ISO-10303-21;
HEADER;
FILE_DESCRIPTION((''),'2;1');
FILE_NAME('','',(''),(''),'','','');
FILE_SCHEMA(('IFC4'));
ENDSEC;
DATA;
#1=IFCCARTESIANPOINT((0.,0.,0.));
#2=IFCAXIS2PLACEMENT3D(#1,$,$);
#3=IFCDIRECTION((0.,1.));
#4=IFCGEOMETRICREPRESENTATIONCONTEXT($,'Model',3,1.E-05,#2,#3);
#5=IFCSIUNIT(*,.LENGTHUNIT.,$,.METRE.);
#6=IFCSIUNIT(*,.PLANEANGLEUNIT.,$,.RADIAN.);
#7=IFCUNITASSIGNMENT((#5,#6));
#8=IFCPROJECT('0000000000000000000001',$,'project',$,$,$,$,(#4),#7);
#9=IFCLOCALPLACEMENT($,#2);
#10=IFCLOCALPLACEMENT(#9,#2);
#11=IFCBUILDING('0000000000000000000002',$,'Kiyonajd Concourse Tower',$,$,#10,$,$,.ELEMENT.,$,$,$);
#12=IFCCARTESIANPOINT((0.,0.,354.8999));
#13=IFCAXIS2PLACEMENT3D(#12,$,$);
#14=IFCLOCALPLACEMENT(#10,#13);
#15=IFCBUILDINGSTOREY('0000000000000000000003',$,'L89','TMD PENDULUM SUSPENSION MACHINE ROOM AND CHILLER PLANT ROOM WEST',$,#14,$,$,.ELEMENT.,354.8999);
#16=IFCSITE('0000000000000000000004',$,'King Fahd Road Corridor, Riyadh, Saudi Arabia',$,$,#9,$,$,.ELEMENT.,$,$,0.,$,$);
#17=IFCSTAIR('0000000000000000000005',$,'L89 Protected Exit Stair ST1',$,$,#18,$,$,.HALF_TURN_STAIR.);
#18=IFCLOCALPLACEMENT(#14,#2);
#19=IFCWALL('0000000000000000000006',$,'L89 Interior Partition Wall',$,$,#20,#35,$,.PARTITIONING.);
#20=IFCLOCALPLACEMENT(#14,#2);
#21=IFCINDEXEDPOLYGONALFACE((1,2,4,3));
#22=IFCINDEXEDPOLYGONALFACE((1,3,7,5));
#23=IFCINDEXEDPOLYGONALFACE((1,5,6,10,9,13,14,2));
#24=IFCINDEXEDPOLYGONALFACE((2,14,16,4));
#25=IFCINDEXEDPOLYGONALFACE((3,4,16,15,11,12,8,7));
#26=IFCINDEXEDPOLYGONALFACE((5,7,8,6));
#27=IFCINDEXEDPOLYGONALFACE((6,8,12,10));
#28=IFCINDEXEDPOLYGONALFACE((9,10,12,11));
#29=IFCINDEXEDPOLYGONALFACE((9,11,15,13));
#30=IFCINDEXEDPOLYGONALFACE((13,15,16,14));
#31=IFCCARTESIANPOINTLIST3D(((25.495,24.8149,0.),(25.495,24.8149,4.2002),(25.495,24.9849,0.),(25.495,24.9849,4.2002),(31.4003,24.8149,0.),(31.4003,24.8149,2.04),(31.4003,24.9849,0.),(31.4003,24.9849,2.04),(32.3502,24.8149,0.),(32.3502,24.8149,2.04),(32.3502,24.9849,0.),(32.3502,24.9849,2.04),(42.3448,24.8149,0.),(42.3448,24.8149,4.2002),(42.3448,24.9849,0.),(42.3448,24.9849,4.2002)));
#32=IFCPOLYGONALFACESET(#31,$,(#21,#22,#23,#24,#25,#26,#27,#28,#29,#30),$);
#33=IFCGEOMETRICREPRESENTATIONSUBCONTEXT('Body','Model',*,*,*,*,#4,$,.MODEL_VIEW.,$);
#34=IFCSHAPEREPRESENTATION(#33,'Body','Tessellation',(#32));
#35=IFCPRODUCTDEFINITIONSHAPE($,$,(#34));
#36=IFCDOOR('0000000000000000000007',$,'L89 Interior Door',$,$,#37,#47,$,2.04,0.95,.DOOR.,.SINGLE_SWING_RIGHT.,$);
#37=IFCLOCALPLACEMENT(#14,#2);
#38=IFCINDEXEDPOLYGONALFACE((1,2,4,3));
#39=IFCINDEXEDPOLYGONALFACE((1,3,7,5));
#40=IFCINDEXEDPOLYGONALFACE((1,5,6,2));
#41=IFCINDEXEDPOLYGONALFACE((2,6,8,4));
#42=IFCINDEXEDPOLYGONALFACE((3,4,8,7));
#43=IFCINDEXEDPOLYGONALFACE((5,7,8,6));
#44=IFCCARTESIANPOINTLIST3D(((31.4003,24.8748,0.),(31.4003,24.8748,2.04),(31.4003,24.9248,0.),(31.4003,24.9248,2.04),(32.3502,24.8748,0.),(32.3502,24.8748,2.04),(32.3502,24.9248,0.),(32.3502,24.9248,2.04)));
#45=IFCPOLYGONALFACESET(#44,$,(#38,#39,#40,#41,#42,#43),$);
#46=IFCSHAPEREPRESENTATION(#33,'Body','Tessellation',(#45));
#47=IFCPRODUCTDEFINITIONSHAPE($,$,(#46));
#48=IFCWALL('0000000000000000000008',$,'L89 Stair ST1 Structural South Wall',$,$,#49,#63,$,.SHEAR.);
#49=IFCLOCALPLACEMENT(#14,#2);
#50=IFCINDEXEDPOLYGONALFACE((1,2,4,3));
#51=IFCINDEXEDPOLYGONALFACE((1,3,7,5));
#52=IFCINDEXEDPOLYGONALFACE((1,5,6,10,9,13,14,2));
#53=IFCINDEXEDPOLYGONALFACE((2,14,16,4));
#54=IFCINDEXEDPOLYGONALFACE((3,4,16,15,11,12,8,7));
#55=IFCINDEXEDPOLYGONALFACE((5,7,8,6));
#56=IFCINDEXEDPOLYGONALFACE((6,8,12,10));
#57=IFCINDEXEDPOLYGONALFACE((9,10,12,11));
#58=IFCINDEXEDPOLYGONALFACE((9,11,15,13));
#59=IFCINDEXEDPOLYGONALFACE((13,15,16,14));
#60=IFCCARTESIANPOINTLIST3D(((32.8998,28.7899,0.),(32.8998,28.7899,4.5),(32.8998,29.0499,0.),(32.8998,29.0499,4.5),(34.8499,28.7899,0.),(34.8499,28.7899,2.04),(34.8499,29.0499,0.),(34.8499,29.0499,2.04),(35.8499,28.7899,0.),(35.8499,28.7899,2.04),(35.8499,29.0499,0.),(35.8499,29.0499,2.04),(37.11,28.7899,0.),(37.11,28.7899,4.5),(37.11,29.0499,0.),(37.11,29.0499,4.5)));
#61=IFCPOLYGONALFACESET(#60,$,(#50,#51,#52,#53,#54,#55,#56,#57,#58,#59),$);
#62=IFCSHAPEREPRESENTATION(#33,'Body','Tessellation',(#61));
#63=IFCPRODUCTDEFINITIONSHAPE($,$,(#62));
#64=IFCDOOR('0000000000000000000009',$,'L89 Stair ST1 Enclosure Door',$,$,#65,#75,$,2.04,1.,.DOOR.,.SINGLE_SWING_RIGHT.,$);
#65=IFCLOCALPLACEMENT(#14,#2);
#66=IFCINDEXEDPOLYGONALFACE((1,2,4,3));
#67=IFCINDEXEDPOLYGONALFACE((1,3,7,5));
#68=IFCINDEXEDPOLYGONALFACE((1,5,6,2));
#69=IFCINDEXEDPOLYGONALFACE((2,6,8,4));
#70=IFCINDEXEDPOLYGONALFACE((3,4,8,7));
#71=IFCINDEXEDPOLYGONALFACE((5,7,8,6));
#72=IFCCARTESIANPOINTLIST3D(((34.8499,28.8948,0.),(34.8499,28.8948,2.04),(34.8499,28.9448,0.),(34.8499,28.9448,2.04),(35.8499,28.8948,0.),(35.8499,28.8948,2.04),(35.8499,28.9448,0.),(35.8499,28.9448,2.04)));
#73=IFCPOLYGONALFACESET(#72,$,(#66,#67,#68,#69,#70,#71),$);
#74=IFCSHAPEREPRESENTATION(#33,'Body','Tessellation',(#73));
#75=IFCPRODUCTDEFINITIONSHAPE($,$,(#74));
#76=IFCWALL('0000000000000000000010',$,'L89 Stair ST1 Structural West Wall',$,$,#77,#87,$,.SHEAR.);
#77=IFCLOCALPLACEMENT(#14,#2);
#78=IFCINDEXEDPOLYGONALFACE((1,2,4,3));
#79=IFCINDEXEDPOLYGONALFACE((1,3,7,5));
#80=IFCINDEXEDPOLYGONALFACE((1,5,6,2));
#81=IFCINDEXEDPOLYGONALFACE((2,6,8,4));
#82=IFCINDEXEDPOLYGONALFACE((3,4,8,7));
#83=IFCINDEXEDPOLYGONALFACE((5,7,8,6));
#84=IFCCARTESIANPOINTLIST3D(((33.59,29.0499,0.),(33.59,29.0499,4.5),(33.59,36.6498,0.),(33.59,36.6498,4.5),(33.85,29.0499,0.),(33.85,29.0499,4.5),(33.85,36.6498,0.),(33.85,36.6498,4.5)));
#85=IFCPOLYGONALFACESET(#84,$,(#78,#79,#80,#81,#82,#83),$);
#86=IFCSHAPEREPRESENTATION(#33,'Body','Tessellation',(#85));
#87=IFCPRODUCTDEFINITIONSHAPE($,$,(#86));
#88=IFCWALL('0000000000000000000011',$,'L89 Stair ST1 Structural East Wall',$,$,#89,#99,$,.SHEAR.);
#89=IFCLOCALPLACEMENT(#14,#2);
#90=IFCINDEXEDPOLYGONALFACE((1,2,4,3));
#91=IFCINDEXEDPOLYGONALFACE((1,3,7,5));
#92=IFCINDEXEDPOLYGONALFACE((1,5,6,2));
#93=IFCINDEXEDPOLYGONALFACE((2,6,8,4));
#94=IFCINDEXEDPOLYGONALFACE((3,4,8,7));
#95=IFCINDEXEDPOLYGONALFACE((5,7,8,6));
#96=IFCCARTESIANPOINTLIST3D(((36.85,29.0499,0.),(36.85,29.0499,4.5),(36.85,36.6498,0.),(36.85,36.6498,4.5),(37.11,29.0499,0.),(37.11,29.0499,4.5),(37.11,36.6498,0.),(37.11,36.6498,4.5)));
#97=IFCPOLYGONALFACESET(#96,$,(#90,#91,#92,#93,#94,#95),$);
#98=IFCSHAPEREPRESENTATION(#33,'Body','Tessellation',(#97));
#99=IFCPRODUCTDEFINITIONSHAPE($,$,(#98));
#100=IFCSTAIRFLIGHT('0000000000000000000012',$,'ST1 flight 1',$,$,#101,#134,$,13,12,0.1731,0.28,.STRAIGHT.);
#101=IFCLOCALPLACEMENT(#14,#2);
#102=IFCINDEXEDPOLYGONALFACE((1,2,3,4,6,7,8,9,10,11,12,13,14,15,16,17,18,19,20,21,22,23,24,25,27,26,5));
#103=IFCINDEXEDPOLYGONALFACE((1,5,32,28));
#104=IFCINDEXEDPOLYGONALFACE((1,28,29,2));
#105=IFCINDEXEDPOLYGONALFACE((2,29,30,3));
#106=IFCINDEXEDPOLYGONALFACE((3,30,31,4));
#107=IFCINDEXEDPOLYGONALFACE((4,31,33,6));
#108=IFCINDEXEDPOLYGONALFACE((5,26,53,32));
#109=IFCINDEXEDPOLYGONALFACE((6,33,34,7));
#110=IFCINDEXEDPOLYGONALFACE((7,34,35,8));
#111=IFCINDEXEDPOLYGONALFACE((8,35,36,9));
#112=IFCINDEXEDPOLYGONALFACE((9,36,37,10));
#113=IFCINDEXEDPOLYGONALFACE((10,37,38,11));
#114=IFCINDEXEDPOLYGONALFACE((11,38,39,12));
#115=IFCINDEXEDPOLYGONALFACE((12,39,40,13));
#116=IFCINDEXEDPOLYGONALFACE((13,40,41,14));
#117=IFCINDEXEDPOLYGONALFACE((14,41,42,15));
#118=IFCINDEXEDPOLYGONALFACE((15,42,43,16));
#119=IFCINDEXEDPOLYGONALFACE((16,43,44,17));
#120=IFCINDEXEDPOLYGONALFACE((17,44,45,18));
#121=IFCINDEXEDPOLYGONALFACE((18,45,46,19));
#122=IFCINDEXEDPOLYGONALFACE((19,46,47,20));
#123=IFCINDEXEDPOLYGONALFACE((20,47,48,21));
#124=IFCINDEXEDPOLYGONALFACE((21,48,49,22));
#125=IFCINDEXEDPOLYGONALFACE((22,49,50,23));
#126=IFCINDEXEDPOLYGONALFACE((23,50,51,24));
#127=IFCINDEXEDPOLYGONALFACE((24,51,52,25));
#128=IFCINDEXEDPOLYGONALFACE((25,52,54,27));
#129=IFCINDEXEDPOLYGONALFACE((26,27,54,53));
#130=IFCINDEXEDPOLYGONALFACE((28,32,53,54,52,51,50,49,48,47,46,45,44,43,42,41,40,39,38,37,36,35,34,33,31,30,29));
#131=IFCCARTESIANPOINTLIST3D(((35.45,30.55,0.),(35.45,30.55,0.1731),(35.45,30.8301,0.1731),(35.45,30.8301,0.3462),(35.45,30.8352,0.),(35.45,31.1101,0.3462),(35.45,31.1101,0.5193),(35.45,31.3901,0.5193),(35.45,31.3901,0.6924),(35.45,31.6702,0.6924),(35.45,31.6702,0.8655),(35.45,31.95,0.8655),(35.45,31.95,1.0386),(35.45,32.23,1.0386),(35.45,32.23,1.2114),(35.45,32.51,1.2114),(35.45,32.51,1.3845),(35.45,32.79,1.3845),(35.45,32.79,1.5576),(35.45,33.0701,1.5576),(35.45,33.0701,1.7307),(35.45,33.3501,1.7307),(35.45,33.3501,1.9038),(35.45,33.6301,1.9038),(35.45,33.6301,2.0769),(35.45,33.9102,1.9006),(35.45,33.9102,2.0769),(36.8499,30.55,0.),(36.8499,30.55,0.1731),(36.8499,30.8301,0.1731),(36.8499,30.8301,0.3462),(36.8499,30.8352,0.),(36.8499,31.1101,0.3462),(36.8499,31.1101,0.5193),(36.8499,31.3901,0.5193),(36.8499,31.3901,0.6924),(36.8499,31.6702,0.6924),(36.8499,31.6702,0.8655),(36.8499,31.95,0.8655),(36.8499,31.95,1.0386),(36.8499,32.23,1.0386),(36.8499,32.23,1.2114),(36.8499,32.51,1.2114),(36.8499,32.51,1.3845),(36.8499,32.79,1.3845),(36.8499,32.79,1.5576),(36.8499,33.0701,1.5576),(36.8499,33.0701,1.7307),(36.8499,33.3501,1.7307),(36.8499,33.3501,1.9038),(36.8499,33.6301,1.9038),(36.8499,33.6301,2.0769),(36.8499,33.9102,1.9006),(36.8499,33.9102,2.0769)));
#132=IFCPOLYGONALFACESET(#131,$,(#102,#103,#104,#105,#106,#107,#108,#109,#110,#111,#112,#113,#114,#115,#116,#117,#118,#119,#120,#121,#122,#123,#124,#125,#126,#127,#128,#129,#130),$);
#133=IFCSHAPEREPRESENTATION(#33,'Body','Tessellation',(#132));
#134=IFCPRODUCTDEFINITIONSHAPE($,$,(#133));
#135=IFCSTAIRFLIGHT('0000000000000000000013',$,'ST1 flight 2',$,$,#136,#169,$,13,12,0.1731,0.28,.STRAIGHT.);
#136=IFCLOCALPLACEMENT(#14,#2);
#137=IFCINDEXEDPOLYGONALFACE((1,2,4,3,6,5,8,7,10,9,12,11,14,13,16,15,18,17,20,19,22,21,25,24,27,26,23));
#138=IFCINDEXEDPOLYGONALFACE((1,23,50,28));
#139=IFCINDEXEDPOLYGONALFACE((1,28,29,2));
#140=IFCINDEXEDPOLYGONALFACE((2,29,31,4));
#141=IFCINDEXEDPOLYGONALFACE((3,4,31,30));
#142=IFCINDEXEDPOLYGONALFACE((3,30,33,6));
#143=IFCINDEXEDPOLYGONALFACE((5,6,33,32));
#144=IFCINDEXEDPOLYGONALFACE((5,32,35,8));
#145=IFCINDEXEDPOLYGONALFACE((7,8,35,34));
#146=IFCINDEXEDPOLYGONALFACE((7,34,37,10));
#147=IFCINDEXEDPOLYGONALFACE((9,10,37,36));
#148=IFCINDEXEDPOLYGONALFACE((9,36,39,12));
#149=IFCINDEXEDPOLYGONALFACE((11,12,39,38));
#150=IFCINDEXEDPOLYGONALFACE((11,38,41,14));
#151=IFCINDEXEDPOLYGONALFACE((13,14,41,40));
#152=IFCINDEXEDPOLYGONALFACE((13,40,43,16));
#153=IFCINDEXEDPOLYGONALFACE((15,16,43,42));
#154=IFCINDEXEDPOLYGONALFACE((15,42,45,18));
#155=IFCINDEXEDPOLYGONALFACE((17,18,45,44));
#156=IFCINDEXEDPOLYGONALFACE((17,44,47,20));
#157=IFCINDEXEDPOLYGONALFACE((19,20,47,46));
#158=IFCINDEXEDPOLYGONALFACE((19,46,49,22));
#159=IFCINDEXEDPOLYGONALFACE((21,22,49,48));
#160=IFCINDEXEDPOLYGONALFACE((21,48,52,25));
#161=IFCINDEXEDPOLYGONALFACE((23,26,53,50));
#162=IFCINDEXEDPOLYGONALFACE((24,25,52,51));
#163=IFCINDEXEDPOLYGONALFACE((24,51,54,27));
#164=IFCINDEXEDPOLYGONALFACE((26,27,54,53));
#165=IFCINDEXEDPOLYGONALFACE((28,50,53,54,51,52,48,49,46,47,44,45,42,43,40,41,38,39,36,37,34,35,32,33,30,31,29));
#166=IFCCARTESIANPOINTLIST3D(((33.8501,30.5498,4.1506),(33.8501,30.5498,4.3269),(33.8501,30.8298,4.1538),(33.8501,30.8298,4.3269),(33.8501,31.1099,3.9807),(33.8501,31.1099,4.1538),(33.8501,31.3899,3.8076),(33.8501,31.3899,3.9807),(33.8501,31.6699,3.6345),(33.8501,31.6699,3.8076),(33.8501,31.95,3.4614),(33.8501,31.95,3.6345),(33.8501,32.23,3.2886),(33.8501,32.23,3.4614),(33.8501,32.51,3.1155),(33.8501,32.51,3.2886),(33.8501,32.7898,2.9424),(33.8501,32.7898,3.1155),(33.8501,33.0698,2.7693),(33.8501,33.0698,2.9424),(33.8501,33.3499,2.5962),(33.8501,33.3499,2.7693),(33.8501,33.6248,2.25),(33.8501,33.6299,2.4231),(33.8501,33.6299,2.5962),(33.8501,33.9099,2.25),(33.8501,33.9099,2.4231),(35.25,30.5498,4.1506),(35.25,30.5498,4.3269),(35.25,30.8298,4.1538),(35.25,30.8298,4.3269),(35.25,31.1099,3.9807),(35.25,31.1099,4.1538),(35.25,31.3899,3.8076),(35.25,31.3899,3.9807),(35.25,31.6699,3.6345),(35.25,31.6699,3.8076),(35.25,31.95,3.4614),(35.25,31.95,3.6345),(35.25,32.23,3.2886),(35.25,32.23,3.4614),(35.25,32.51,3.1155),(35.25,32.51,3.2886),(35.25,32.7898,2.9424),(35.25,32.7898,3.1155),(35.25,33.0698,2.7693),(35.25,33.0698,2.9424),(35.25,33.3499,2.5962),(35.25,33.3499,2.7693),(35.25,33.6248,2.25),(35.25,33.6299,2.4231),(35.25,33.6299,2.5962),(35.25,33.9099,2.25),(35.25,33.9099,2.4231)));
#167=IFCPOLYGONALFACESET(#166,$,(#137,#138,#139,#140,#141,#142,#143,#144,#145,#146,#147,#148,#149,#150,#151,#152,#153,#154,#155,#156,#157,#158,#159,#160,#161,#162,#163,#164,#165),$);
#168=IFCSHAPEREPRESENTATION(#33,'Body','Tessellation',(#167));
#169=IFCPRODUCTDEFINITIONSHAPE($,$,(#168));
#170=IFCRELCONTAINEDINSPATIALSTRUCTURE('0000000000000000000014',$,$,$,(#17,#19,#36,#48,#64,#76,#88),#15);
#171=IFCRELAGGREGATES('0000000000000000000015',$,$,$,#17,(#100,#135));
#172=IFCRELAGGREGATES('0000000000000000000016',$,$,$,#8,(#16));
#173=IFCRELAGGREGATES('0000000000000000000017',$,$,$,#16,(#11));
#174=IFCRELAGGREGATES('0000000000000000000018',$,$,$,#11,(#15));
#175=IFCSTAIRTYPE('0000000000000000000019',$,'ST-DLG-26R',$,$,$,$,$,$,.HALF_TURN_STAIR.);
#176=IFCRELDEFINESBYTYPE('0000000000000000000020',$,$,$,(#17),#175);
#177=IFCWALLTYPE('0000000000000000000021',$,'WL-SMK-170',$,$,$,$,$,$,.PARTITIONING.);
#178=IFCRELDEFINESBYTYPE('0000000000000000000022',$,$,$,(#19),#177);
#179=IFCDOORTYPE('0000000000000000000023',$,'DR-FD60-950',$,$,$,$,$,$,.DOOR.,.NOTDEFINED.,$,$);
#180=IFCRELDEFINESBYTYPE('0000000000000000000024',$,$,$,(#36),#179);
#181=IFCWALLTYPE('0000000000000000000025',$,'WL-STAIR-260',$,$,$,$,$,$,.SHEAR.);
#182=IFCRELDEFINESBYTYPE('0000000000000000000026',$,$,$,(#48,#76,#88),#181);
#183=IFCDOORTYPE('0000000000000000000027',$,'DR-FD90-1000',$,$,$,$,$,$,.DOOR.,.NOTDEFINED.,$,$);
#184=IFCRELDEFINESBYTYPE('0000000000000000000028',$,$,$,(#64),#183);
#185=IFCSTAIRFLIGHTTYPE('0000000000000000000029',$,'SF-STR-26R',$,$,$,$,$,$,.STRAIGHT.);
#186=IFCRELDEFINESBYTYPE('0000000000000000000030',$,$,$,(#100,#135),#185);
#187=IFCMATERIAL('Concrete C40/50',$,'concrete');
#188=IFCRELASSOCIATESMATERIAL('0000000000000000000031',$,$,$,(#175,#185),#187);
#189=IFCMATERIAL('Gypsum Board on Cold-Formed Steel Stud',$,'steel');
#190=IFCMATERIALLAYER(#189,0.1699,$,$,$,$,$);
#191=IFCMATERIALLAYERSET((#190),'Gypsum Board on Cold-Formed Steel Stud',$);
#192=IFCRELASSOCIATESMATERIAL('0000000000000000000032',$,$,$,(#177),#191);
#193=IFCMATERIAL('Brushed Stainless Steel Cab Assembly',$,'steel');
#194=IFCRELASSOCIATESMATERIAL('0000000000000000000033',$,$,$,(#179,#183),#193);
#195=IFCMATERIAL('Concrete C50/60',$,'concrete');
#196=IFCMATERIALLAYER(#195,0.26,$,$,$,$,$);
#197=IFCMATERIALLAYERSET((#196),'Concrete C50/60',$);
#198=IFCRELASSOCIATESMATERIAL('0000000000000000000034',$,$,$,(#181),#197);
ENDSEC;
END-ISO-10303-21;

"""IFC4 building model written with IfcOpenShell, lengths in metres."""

from ifc_helpers import new_model, si_unit, direction, frame, frame_2d, origin, place, context, subcontext, project, spatial, polyline, rectangle, outline, extrude, material, layer, layer_set, type_object, element, fill, aggregate, save


model = new_model("IFC4")

# Units and contexts
model_context = context("Model", 3, precision=1e-05, world=origin(), true_north=direction((0.0, 1.0)))
body_context = subcontext(model_context, "Body", "Model", "MODEL_VIEW")
ifc_project = project(units=[si_unit("LENGTHUNIT", "METRE"), si_unit("PLANEANGLEUNIT", "RADIAN")], contexts=[model_context])

# Site, building, storey
site_placement = place(None, origin())
site = spatial("IfcSite", under=ifc_project, at=site_placement, Name="King Fahd Road Corridor, Riyadh, Saudi Arabia", CompositionType="ELEMENT", RefElevation=0.0)
building_placement = place(site_placement, origin())
building = spatial("IfcBuilding", under=site, at=building_placement, Name="Kiyonajd Concourse Tower", CompositionType="ELEMENT")
storey_placement = place(building_placement, frame((0.0, 0.0, 354.8999)))
storey = spatial("IfcBuildingStorey", under=building, at=storey_placement, Name="L89", Description="TMD PENDULUM SUSPENSION MACHINE ROOM AND CHILLER PLANT ROOM WEST", CompositionType="ELEMENT", Elevation=354.8999)

# Shared definitions
ifc_material_1 = material(Name="Concrete C50/60", Category="concrete")

# Stair
ifc_material_2 = material(Name="Concrete C40/50", Category="concrete")
stair_type = type_object("IfcStairType", Name="ST-DLG-26R", PredefinedType="HALF_TURN_STAIR", material=ifc_material_2)
stair_1_placement = place(storey_placement, origin())
stair_1 = element("IfcStair", 1, at=stair_1_placement, inside=storey, type_object=stair_type, Name="L89 Protected Exit Stair ST1", PredefinedType="HALF_TURN_STAIR")

# Walls, openings, doors
ifc_material_3 = material(Name="Gypsum Board on Cold-Formed Steel Stud", Category="steel")
ifc_material_4 = material(Name="Brushed Stainless Steel Cab Assembly", Category="steel")
ifc_layer_1 = layer(ifc_material_3, 0.1699)
ifc_layer_set_1 = layer_set([ifc_layer_1], Name="Gypsum Board on Cold-Formed Steel Stud")
wall_type_1 = type_object("IfcWallType", Name="WL-SMK-170", PredefinedType="PARTITIONING", material=ifc_layer_set_1)
wall_1_placement = place(storey_placement, frame((25.4951, 24.8999, 0.0), z_axis=(0.0, 0.0, 1.0), x_axis=(1.0, 0.0, 0.0)))
wall_1 = element("IfcWall", 2, at=wall_1_placement, inside=storey, type_object=wall_type_1, Name="L89 Interior Partition Wall", PredefinedType="PARTITIONING", context=body_context, shape_type="SweptSolid", body=[
    extrude(rectangle(XDim=16.8499, YDim=0.1699, at=frame_2d((8.4248, 0.0))), origin(), (0.0, 0.0, 1.0), 4.2002),
])
opening_1_placement = place(wall_1_placement, frame((5.905, 0.0, 0.0)))
opening_1 = element("IfcOpeningElement", 3, at=opening_1_placement, cuts=wall_1, PredefinedType="OPENING", context=body_context, shape_type="SweptSolid", body=[
    extrude(rectangle(XDim=0.95, YDim=2.04, at=frame_2d((0.4751, 1.02))), frame((0.0, 0.095, 0.0), z_axis=(0.0, -1.0, 0.0), x_axis=(1.0, 0.0, 0.0)), (0.0, 0.0, 1.0), 0.1899),
])
door_type_1 = type_object("IfcDoorType", Name="DR-FD60-950", OperationType="NOTDEFINED", PredefinedType="DOOR", material=ifc_material_4)
door_1_placement = place(opening_1_placement, origin())
door_1 = element("IfcDoor", 4, at=door_1_placement, inside=storey, type_object=door_type_1, Name="L89 Interior Door", OperationType="SINGLE_SWING_RIGHT", OverallHeight=2.04, OverallWidth=0.95, PredefinedType="DOOR", context=body_context, shape_type="SweptSolid", body=[
    extrude(rectangle(XDim=0.95, YDim=2.04, at=frame_2d((0.4751, 1.02))), frame((0.0, 0.0249, 0.0), z_axis=(0.0, -1.0, 0.0), x_axis=(1.0, 0.0, 0.0)), (0.0, 0.0, 1.0), 0.05),
])
fill(opening_1, door_1)
ifc_layer_2 = layer(ifc_material_1, 0.26)
ifc_layer_set_2 = layer_set([ifc_layer_2], Name="Concrete C50/60")
wall_type_2 = type_object("IfcWallType", Name="WL-STAIR-260", PredefinedType="SHEAR", material=ifc_layer_set_2)
wall_2_placement = place(storey_placement, frame((32.8999, 28.9199, 0.0), z_axis=(0.0, 0.0, 1.0), x_axis=(1.0, 0.0, 0.0)))
wall_2 = element("IfcWall", 5, at=wall_2_placement, inside=storey, type_object=wall_type_2, Name="L89 Stair ST1 Structural South Wall", PredefinedType="SHEAR", context=body_context, shape_type="SweptSolid", body=[
    extrude(rectangle(XDim=4.2102, YDim=0.26, at=frame_2d((2.105, 0.0))), origin(), (0.0, 0.0, 1.0), 4.5),
])
opening_2_placement = place(wall_2_placement, frame((1.95, 0.0, 0.0)))
opening_2 = element("IfcOpeningElement", 6, at=opening_2_placement, cuts=wall_2, PredefinedType="OPENING", context=body_context, shape_type="SweptSolid", body=[
    extrude(rectangle(XDim=1.0, YDim=2.04, at=frame_2d((0.5, 1.02))), frame((0.0, 0.1399, 0.0), z_axis=(0.0, -1.0, 0.0), x_axis=(1.0, 0.0, 0.0)), (0.0, 0.0, 1.0), 0.28),
])
door_type_2 = type_object("IfcDoorType", Name="DR-FD90-1000", OperationType="NOTDEFINED", PredefinedType="DOOR", material=ifc_material_4)
door_2_placement = place(opening_2_placement, origin())
door_2 = element("IfcDoor", 7, at=door_2_placement, inside=storey, type_object=door_type_2, Name="L89 Stair ST1 Enclosure Door", OperationType="SINGLE_SWING_RIGHT", OverallHeight=2.04, OverallWidth=1.0, PredefinedType="DOOR", context=body_context, shape_type="SweptSolid", body=[
    extrude(rectangle(XDim=1.0, YDim=2.04, at=frame_2d((0.5, 1.02))), frame((0.0, 0.0249, 0.0), z_axis=(0.0, -1.0, 0.0), x_axis=(1.0, 0.0, 0.0)), (0.0, 0.0, 1.0), 0.05),
])
fill(opening_2, door_2)

# Walls
for number, where, z_axis, x_axis, name in (
    (8, (33.72, 29.05, 0.0), (0.0, 0.0, 1.0), (0.0, 1.0, 0.0), "L89 Stair ST1 Structural West Wall"),
    (9, (36.98, 29.05, 0.0), (0.0, 0.0, 1.0), (0.0, 1.0, 0.0), "L89 Stair ST1 Structural East Wall"),
):
    element("IfcWall", number, at=place(storey_placement, frame(where, z_axis=z_axis, x_axis=x_axis)), inside=storey, type_object=wall_type_2, Name=name, PredefinedType="SHEAR", context=body_context, shape_type="SweptSolid", body=[
        extrude(rectangle(XDim=7.5999, YDim=0.26, at=frame_2d((3.7998, 0.0))), origin(), (0.0, 0.0, 1.0), 4.5),
    ])

# Stair flights
stair_flight_type = type_object("IfcStairFlightType", Name="SF-STR-26R", PredefinedType="STRAIGHT", material=ifc_material_2)
stair_flight_1_placement = place(storey_placement, frame((36.1499, 30.55, 0.0), z_axis=(0.0, 0.0, 1.0), x_axis=(0.0, 1.0, 0.0)))
stair_flight_1 = element("IfcStairFlight", 10, at=stair_flight_1_placement, type_object=stair_flight_type, Name="ST1 flight 1", NumberOfRisers=13, NumberOfTreads=12, PredefinedType="STRAIGHT", RiserHeight=0.1731, TreadLength=0.28, context=body_context, shape_type="SweptSolid", body=[
    extrude(outline(polyline([(0.0, 0.0), (0.0, 0.1731), (0.28, 0.1731), (0.28, 0.3462), (0.5601, 0.3462), (0.5601, 0.5193), (0.8401, 0.5193), (0.8401, 0.6924), (1.1201, 0.6924), (1.1201, 0.8655), (1.3999, 0.8655), (1.3999, 1.0386), (1.6799, 1.0386), (1.6799, 1.2114), (1.96, 1.2114), (1.96, 1.3845), (2.24, 1.3845), (2.24, 1.5576), (2.52, 1.5576), (2.52, 1.7307), (2.8, 1.7307), (2.8, 1.9038), (3.0801, 1.9038), (3.0801, 2.0769), (3.3601, 2.0769), (3.3601, 2.25), (3.3601, 1.9006), (0.2852, 0.0), (0.0, 0.0)])), frame((0.0, 0.7, 0.0), z_axis=(0.0, -1.0, 0.0), x_axis=(1.0, 0.0, 0.0)), (0.0, 0.0, 1.0), 1.3999),
])
stair_flight_2_placement = place(storey_placement, frame((34.55, 33.9099, 2.25), z_axis=(0.0, 0.0, 1.0), x_axis=(0.0, -1.0, 0.0)))
stair_flight_2 = element("IfcStairFlight", 11, at=stair_flight_2_placement, type_object=stair_flight_type, Name="ST1 flight 2", NumberOfRisers=13, NumberOfTreads=12, PredefinedType="STRAIGHT", RiserHeight=0.1731, TreadLength=0.28, context=body_context, shape_type="SweptSolid", body=[
    extrude(outline(polyline([(0.0, 0.0), (0.0, 0.1731), (0.28, 0.1731), (0.28, 0.3462), (0.5601, 0.3462), (0.5601, 0.5193), (0.8401, 0.5193), (0.8401, 0.6924), (1.1201, 0.6924), (1.1201, 0.8655), (1.3999, 0.8655), (1.3999, 1.0386), (1.6799, 1.0386), (1.6799, 1.2114), (1.96, 1.2114), (1.96, 1.3845), (2.24, 1.3845), (2.24, 1.5576), (2.52, 1.5576), (2.52, 1.7307), (2.8, 1.7307), (2.8, 1.9038), (3.0801, 1.9038), (3.0801, 2.0769), (3.3601, 2.0769), (3.3601, 2.25), (3.3601, 1.9006), (0.2852, 0.0), (0.0, 0.0)])), frame((0.0, 0.7, 0.0), z_axis=(0.0, -1.0, 0.0), x_axis=(1.0, 0.0, 0.0)), (0.0, 0.0, 1.0), 1.3999),
])
aggregate(stair_1, [stair_flight_1, stair_flight_2])

save(model, "model.ifc")
